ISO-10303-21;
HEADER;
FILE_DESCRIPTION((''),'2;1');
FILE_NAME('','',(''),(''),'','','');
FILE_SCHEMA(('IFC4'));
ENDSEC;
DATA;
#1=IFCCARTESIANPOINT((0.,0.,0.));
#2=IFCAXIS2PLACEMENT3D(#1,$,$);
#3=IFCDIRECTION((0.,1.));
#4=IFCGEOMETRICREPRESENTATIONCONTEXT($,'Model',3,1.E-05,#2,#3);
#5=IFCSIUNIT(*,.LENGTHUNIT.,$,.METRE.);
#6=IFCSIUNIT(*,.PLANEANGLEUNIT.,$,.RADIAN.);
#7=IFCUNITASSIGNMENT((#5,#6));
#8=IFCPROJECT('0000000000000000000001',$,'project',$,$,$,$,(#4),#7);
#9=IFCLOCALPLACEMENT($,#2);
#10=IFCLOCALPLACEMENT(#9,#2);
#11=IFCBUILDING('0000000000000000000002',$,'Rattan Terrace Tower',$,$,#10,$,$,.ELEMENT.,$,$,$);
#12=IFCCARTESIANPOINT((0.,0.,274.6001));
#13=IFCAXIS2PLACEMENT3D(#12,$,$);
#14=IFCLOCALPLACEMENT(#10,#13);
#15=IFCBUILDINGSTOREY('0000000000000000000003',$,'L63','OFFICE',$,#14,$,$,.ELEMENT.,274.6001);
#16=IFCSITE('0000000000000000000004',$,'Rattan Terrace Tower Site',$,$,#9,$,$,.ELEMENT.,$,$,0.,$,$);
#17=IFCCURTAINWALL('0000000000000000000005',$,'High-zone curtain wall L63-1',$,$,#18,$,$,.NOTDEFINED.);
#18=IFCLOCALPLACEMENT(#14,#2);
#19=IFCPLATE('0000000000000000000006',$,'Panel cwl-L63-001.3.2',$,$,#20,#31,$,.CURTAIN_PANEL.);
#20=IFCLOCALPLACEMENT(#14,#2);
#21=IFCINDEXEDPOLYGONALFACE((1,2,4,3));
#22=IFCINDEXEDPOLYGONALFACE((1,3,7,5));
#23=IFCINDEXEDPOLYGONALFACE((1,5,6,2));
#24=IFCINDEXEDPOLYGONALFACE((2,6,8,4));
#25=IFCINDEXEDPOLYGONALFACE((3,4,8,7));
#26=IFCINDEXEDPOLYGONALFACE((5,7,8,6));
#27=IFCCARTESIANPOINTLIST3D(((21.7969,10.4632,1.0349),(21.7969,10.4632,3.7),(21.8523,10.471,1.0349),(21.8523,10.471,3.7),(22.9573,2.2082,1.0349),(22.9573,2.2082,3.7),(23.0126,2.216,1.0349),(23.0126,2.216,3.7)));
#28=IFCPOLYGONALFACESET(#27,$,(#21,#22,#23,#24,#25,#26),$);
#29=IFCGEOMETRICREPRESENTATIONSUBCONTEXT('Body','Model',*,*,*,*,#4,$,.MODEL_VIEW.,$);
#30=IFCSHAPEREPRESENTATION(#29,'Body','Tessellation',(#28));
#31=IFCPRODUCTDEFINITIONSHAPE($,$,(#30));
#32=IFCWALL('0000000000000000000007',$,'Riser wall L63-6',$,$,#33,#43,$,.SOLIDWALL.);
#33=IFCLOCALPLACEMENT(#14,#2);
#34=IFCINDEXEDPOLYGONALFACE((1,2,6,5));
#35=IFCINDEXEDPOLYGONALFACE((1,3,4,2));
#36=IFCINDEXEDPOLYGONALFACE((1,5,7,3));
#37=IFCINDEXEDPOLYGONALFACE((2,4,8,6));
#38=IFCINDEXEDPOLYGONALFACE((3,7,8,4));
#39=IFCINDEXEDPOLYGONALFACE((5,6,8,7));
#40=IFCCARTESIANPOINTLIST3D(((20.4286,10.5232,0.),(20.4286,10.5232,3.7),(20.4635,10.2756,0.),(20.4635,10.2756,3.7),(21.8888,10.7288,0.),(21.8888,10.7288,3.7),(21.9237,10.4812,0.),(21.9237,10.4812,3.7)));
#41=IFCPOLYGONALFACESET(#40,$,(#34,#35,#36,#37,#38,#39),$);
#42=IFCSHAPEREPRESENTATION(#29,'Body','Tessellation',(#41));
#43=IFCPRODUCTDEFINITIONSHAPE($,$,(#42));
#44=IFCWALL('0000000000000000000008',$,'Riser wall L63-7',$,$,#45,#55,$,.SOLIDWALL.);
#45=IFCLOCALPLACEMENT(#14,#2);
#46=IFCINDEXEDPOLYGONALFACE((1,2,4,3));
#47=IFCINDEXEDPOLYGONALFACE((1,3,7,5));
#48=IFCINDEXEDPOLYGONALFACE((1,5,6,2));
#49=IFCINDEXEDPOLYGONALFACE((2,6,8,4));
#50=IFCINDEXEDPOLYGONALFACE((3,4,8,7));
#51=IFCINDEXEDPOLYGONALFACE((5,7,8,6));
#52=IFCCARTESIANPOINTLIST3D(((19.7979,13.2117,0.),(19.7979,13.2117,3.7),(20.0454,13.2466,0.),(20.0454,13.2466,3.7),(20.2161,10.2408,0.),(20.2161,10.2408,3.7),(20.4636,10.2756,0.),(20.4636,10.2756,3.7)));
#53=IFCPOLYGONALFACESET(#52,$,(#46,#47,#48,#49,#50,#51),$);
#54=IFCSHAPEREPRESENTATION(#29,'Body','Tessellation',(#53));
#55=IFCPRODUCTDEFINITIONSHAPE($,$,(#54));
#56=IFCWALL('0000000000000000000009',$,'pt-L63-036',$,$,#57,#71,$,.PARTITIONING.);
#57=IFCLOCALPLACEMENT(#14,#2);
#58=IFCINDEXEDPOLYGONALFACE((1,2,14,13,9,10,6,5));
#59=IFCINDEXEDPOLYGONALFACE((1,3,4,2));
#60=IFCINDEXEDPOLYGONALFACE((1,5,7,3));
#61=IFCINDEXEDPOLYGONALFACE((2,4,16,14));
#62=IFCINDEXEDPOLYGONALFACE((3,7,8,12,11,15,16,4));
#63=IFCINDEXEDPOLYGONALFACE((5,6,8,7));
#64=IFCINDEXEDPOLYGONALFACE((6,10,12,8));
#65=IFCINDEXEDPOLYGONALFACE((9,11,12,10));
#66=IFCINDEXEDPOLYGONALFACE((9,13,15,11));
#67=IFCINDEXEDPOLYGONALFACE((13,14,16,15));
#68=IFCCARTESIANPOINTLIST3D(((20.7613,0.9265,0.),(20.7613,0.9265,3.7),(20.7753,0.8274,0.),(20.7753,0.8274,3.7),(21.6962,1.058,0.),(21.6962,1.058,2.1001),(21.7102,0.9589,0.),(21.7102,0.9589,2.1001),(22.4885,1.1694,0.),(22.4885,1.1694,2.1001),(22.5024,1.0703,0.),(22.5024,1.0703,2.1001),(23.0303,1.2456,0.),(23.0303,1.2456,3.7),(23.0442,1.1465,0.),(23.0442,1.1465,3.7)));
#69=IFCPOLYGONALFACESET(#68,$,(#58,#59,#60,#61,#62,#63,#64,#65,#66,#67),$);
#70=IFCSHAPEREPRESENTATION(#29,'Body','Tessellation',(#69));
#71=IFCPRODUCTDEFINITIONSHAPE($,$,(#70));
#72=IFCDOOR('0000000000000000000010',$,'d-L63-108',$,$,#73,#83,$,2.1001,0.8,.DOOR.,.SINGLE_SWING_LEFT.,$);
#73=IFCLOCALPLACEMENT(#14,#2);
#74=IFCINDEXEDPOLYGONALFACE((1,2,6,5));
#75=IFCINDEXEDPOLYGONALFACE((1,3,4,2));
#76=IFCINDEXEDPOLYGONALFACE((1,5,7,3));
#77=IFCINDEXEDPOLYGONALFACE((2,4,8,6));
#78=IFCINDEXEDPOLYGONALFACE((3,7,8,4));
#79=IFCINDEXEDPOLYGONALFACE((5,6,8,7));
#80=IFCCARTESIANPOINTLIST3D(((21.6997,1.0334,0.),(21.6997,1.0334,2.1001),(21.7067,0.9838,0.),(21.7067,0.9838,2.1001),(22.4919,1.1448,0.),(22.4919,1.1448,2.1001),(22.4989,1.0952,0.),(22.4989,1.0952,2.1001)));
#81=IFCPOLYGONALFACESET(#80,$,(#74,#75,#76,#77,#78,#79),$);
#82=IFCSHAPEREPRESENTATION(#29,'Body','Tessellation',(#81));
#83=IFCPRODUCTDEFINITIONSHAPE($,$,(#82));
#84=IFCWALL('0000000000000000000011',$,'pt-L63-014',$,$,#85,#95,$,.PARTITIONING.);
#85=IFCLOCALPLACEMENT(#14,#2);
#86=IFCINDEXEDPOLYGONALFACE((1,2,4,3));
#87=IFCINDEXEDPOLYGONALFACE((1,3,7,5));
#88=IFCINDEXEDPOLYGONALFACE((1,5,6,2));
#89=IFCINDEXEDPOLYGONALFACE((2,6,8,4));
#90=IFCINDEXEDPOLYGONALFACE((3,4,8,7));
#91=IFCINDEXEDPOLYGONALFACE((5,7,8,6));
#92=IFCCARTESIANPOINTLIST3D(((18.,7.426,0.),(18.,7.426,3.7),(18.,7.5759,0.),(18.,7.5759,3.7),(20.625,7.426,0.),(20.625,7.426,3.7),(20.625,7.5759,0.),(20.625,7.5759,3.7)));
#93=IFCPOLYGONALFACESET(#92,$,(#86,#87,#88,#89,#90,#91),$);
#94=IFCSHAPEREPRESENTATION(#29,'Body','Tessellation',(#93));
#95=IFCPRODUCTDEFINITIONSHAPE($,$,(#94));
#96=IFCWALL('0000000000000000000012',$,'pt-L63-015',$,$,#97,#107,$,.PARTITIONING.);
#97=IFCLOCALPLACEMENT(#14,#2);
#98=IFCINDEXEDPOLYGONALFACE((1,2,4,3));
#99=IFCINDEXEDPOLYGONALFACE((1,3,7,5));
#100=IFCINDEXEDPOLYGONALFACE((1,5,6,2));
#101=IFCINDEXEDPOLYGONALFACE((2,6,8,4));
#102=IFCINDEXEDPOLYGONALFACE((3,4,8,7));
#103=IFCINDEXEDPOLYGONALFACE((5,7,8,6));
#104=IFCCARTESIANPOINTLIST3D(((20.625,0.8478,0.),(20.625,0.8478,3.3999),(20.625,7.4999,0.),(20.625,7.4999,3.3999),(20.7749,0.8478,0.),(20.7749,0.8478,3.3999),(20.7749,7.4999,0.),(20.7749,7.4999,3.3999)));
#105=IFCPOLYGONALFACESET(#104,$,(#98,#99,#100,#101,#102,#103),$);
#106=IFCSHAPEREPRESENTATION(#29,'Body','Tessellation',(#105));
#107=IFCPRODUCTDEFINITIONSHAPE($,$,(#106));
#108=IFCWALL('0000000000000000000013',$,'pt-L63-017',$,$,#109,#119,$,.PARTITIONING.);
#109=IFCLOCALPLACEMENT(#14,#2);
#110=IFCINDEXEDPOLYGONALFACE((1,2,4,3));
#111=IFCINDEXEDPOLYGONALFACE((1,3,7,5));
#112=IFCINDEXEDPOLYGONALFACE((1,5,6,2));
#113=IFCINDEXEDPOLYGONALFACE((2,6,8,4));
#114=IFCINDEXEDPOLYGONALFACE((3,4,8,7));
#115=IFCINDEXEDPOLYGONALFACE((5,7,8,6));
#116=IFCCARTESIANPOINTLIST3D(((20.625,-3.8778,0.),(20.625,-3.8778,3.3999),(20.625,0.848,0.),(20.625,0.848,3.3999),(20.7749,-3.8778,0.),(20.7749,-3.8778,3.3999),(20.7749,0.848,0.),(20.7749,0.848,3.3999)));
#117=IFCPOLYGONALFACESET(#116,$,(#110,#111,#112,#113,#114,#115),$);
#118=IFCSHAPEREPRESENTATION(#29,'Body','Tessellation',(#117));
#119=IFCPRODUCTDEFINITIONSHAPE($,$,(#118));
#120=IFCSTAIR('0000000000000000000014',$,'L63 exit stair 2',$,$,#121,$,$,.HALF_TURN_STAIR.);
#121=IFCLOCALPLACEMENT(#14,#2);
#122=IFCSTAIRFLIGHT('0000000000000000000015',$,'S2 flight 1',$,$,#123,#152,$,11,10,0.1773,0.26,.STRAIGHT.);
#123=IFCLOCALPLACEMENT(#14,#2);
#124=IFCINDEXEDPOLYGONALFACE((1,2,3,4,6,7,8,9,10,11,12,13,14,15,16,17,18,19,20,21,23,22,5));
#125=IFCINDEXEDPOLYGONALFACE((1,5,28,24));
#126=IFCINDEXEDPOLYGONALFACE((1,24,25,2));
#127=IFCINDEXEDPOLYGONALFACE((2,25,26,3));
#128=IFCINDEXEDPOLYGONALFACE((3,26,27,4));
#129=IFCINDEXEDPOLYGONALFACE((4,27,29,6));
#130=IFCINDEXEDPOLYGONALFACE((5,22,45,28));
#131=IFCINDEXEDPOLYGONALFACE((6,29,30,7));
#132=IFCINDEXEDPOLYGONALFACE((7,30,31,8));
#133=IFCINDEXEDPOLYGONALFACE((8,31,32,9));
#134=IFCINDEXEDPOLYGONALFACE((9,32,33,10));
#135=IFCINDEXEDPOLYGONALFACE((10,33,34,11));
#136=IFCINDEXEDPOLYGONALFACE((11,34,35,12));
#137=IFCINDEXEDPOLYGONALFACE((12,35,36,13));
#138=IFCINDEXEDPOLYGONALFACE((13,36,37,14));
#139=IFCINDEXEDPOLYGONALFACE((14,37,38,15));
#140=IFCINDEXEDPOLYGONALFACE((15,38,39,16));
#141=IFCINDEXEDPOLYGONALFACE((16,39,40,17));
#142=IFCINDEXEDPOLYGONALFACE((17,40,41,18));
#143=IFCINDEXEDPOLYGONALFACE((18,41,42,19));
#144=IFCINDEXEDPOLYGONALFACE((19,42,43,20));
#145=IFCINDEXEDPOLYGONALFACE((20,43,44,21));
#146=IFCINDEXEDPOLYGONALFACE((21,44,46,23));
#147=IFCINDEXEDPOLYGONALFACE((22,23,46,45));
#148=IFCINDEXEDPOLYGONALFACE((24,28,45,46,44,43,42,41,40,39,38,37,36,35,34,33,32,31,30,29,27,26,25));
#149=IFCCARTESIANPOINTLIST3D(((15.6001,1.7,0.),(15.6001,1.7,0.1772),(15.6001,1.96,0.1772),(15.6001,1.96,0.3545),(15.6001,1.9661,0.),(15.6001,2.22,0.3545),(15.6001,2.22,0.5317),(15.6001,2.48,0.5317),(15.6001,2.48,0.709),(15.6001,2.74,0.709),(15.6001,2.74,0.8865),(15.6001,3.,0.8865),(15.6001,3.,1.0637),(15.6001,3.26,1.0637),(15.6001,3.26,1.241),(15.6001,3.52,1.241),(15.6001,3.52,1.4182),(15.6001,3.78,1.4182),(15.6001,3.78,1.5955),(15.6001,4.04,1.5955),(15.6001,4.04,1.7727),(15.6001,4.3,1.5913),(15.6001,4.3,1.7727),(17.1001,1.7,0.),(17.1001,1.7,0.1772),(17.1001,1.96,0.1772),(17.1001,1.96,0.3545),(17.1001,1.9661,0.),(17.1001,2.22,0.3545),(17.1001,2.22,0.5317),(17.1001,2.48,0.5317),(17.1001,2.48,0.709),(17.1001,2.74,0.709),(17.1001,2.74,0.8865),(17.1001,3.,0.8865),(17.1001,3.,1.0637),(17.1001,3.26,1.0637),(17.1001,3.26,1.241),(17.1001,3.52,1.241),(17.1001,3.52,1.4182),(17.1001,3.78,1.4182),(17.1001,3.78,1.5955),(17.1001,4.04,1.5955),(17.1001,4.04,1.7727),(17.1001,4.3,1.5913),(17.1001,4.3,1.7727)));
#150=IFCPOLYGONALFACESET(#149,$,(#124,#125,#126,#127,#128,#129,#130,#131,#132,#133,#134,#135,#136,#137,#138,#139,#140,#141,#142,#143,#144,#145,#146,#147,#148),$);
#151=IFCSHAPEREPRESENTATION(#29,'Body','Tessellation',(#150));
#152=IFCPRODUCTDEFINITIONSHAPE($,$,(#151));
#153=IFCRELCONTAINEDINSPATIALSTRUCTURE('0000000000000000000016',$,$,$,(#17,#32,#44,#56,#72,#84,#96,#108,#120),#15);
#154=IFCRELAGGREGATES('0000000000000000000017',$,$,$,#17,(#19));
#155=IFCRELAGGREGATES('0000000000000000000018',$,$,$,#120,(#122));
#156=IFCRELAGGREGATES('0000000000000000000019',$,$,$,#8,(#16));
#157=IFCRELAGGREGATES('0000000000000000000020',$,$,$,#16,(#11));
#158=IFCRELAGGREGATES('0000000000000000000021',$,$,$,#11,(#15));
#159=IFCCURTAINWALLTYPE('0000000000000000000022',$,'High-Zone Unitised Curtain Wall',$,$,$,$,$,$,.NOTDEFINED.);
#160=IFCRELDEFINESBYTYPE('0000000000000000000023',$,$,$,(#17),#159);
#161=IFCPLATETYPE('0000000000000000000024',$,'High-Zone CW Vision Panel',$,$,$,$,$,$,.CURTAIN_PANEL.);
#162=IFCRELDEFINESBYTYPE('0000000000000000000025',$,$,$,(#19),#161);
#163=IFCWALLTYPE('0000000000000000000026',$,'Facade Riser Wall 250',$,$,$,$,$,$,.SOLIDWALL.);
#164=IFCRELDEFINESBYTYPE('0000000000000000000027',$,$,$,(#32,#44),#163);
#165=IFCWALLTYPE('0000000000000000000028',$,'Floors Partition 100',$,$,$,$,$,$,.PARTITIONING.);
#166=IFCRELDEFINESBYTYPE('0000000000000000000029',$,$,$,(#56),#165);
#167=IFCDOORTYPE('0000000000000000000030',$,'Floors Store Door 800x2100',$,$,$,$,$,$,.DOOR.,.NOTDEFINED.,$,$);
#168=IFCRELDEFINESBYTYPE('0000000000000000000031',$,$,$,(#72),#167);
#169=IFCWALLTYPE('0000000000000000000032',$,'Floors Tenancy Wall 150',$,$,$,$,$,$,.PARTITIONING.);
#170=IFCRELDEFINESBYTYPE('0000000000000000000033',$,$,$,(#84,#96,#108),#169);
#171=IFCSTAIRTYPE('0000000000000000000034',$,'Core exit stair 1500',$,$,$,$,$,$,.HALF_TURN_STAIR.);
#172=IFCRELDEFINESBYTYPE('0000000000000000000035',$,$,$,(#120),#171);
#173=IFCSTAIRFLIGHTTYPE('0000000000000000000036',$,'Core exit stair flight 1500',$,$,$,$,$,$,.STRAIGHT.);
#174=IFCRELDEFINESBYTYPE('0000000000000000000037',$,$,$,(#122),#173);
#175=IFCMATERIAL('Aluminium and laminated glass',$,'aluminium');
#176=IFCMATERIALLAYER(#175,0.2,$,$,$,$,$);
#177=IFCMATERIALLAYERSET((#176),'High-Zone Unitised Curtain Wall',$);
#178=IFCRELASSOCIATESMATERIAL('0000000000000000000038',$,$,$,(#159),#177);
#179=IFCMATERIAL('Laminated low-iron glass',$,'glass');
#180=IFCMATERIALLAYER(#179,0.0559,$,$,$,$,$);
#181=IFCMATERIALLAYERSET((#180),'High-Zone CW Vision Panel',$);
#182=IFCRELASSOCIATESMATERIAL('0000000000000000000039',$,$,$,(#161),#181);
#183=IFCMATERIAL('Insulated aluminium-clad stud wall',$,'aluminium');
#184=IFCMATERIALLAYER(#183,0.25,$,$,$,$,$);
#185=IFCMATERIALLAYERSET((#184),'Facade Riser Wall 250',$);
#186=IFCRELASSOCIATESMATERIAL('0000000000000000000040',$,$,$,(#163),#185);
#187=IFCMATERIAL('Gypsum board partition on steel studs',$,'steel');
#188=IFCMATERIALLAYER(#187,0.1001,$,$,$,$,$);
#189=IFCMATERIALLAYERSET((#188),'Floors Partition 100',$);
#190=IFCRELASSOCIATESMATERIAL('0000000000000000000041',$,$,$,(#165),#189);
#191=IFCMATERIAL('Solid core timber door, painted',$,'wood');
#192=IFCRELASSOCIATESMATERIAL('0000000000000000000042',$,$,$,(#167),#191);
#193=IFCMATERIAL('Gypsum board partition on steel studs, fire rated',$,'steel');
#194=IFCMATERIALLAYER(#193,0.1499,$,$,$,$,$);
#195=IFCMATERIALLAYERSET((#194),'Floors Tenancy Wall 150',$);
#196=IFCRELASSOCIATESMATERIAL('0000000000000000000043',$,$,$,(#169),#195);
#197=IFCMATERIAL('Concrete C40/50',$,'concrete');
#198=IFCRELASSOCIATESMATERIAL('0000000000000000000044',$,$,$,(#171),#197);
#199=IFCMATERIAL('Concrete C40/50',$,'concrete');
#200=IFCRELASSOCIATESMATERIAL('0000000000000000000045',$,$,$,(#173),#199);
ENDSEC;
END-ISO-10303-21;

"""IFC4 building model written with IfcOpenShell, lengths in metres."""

from ifc_helpers import new_model, si_unit, direction, frame, frame_2d, origin, origin_2d, place, context, subcontext, project, spatial, polyline, rectangle, outline, extrude, material, layer, layer_set, type_object, element, fill, aggregate, save


model = new_model("IFC4")

# Units and contexts
model_context = context("Model", 3, precision=1e-05, world=origin(), true_north=direction((0.0, 1.0)))
body_context = subcontext(model_context, "Body", "Model", "MODEL_VIEW")
ifc_project = project(units=[si_unit("LENGTHUNIT", "METRE"), si_unit("PLANEANGLEUNIT", "RADIAN")], contexts=[model_context])

# Site, building, storey
site_placement = place(None, origin())
site = spatial("IfcSite", under=ifc_project, at=site_placement, Name="Rattan Terrace Tower Site", CompositionType="ELEMENT", RefElevation=0.0)
building_placement = place(site_placement, origin())
building = spatial("IfcBuilding", under=site, at=building_placement, Name="Rattan Terrace Tower", CompositionType="ELEMENT")
storey_placement = place(building_placement, frame((0.0, 0.0, 274.6001)))
storey = spatial("IfcBuildingStorey", under=building, at=storey_placement, Name="L63", Description="OFFICE", CompositionType="ELEMENT", Elevation=274.6001)

# Curtain wall, plate
ifc_material_1 = material(Name="Aluminium and laminated glass", Category="aluminium")
ifc_layer_1 = layer(ifc_material_1, 0.2)
ifc_layer_set_1 = layer_set([ifc_layer_1], Name="High-Zone Unitised Curtain Wall")
curtain_wall_type = type_object("IfcCurtainWallType", Name="High-Zone Unitised Curtain Wall", PredefinedType="NOTDEFINED", material=ifc_layer_set_1)
curtain_wall_placement = place(storey_placement, origin())
curtain_wall = element("IfcCurtainWall", 1, at=curtain_wall_placement, inside=storey, type_object=curtain_wall_type, Name="High-zone curtain wall L63-1", PredefinedType="NOTDEFINED")
ifc_material_2 = material(Name="Laminated low-iron glass", Category="glass")
ifc_layer_2 = layer(ifc_material_2, 0.0559)
ifc_layer_set_2 = layer_set([ifc_layer_2], Name="High-Zone CW Vision Panel")
plate_type_1 = type_object("IfcPlateType", Name="High-Zone CW Vision Panel", PredefinedType="CURTAIN_PANEL", material=ifc_layer_set_2)
plate_1_placement = place(storey_placement, frame((22.4048, 6.3396, 1.0349), z_axis=(0.0, 0.0, 1.0), x_axis=(-0.139192, 0.990265, 0.0)))
plate_1 = element("IfcPlate", 2, at=plate_1_placement, type_object=plate_type_1, Name="Panel cwl-L63-001.3.2", PredefinedType="CURTAIN_PANEL", context=body_context, shape_type="SweptSolid", body=[
    extrude(rectangle(XDim=8.3362, YDim=0.0559, at=origin_2d()), origin(), (0.0, 0.0, 1.0), 2.665),
])
aggregate(curtain_wall, [plate_1])

# Walls
ifc_material_3 = material(Name="Insulated aluminium-clad stud wall", Category="aluminium")
ifc_layer_3 = layer(ifc_material_3, 0.25)
ifc_layer_set_3 = layer_set([ifc_layer_3], Name="Facade Riser Wall 250")
wall_type_1 = type_object("IfcWallType", Name="Facade Riser Wall 250", PredefinedType="SOLIDWALL", material=ifc_layer_set_3)
wall_1_placement = place(storey_placement, frame((21.9062, 10.605, 0.0), z_axis=(0.0, 0.0, 1.0), x_axis=(-0.990236, -0.139404, 0.0)))
element("IfcWall", 3, at=wall_1_placement, inside=storey, type_object=wall_type_1, Name="Riser wall L63-6", PredefinedType="SOLIDWALL", context=body_context, shape_type="SweptSolid", body=[
    extrude(rectangle(XDim=1.4746, YDim=0.25, at=frame_2d((0.7373, 0.0))), origin(), (0.0, 0.0, 1.0), 3.7),
])
wall_2_placement = place(storey_placement, frame((20.3398, 10.2583, 0.0), z_axis=(0.0, 0.0, 1.0), x_axis=(-0.139393, 0.990237, 0.0)))
element("IfcWall", 4, at=wall_2_placement, inside=storey, type_object=wall_type_1, Name="Riser wall L63-7", PredefinedType="SOLIDWALL", context=body_context, shape_type="SweptSolid", body=[
    extrude(rectangle(XDim=3.0002, YDim=0.25, at=frame_2d((1.5, 0.0))), origin(), (0.0, 0.0, 1.0), 3.7),
])

# Wall, opening, door
ifc_material_4 = material(Name="Gypsum board partition on steel studs", Category="steel")
ifc_layer_4 = layer(ifc_material_4, 0.1001)
ifc_layer_set_4 = layer_set([ifc_layer_4], Name="Floors Partition 100")
wall_type_2 = type_object("IfcWallType", Name="Floors Partition 100", PredefinedType="PARTITIONING", material=ifc_layer_set_4)
wall_3_placement = place(storey_placement, frame((23.0371, 1.196, 0.0), z_axis=(0.0, 0.0, 1.0), x_axis=(-0.990256, -0.139258, 0.0)))
wall_3 = element("IfcWall", 5, at=wall_3_placement, inside=storey, type_object=wall_type_2, Name="pt-L63-036", PredefinedType="PARTITIONING", context=body_context, shape_type="SweptSolid", body=[
    extrude(rectangle(XDim=2.2913, YDim=0.1001, at=frame_2d((1.1455, 0.0))), origin(), (0.0, 0.0, 1.0), 3.7),
])
opening_placement = place(wall_3_placement, frame((0.5471, 0.0, 0.0)))
opening = element("IfcOpeningElement", 6, at=opening_placement, cuts=wall_3, PredefinedType="OPENING", context=body_context, shape_type="SweptSolid", body=[
    extrude(rectangle(XDim=0.8, YDim=2.1001, at=frame_2d((0.3999, 1.05))), frame((0.0, 0.0605, 0.0), z_axis=(0.0, -1.0, 0.0), x_axis=(1.0, 0.0, 0.0)), (0.0, 0.0, 1.0), 0.1211),
])
ifc_material_5 = material(Name="Solid core timber door, painted", Category="wood")
door_type = type_object("IfcDoorType", Name="Floors Store Door 800x2100", OperationType="NOTDEFINED", PredefinedType="DOOR", material=ifc_material_5)
door_placement = place(opening_placement, origin())
door = element("IfcDoor", 7, at=door_placement, inside=storey, type_object=door_type, Name="d-L63-108", OperationType="SINGLE_SWING_LEFT", OverallHeight=2.1001, OverallWidth=0.8, PredefinedType="DOOR", context=body_context, shape_type="SweptSolid", body=[
    extrude(rectangle(XDim=0.8, YDim=2.1001, at=frame_2d((0.3999, 1.05))), frame((0.0, 0.0249, 0.0), z_axis=(0.0, -1.0, 0.0), x_axis=(1.0, 0.0, 0.0)), (0.0, 0.0, 1.0), 0.05),
])
fill(opening, door)

# Walls
ifc_material_6 = material(Name="Gypsum board partition on steel studs, fire rated", Category="steel")
ifc_layer_5 = layer(ifc_material_6, 0.1499)
ifc_layer_set_5 = layer_set([ifc_layer_5], Name="Floors Tenancy Wall 150")
wall_type_3 = type_object("IfcWallType", Name="Floors Tenancy Wall 150", PredefinedType="PARTITIONING", material=ifc_layer_set_5)
wall_4_placement = place(storey_placement, frame((18.0, 7.501, 0.0), z_axis=(0.0, 0.0, 1.0), x_axis=(1.0, 0.0, 0.0)))
element("IfcWall", 8, at=wall_4_placement, inside=storey, type_object=wall_type_3, Name="pt-L63-014", PredefinedType="PARTITIONING", context=body_context, shape_type="SweptSolid", body=[
    extrude(rectangle(XDim=2.625, YDim=0.1499, at=frame_2d((1.3125, 0.0))), origin(), (0.0, 0.0, 1.0), 3.7),
])
wall_5_placement = place(storey_placement, frame((20.7, 7.5, 0.0), z_axis=(0.0, 0.0, 1.0), x_axis=(0.0, -1.0, 0.0)))
element("IfcWall", 9, at=wall_5_placement, inside=storey, type_object=wall_type_3, Name="pt-L63-015", PredefinedType="PARTITIONING", context=body_context, shape_type="SweptSolid", body=[
    extrude(rectangle(XDim=6.6521, YDim=0.1499, at=frame_2d((3.3262, 0.0))), origin(), (0.0, 0.0, 1.0), 3.3999),
])
wall_6_placement = place(storey_placement, frame((20.7, 0.8479, 0.0), z_axis=(0.0, 0.0, 1.0), x_axis=(0.0, -1.0, 0.0)))
element("IfcWall", 10, at=wall_6_placement, inside=storey, type_object=wall_type_3, Name="pt-L63-017", PredefinedType="PARTITIONING", context=body_context, shape_type="SweptSolid", body=[
    extrude(rectangle(XDim=4.7258, YDim=0.1499, at=frame_2d((2.3628, 0.0))), origin(), (0.0, 0.0, 1.0), 3.3999),
])

# Stair, stair flight
ifc_material_7 = material(Name="Concrete C40/50", Category="concrete")
stair_type = type_object("IfcStairType", Name="Core exit stair 1500", PredefinedType="HALF_TURN_STAIR", material=ifc_material_7)
stair_placement = place(storey_placement, origin())
stair = element("IfcStair", 11, at=stair_placement, inside=storey, type_object=stair_type, Name="L63 exit stair 2", PredefinedType="HALF_TURN_STAIR")
ifc_material_8 = material(Name="Concrete C40/50", Category="concrete")
stair_flight_type = type_object("IfcStairFlightType", Name="Core exit stair flight 1500", PredefinedType="STRAIGHT", material=ifc_material_8)
stair_flight_placement = place(storey_placement, frame((16.3501, 1.7, 0.0), z_axis=(0.0, 0.0, 1.0), x_axis=(0.0, 1.0, 0.0)))
stair_flight = element("IfcStairFlight", 12, at=stair_flight_placement, type_object=stair_flight_type, Name="S2 flight 1", NumberOfRisers=11, NumberOfTreads=10, PredefinedType="STRAIGHT", RiserHeight=0.1773, TreadLength=0.26, context=body_context, shape_type="SweptSolid", body=[
    extrude(outline(polyline([(0.0, 0.0), (0.0, 0.1772), (0.26, 0.1772), (0.26, 0.3545), (0.52, 0.3545), (0.52, 0.5317), (0.78, 0.5317), (0.78, 0.709), (1.04, 0.709), (1.04, 0.8865), (1.3, 0.8865), (1.3, 1.0637), (1.5601, 1.0637), (1.5601, 1.241), (1.8201, 1.241), (1.8201, 1.4182), (2.0801, 1.4182), (2.0801, 1.5955), (2.3401, 1.5955), (2.3401, 1.7727), (2.6001, 1.7727), (2.6001, 1.95), (2.6001, 1.5913), (0.2661, 0.0), (0.0, 0.0)])), frame((0.0, 0.75, 0.0), z_axis=(0.0, -1.0, 0.0), x_axis=(1.0, 0.0, 0.0)), (0.0, 0.0, 1.0), 1.5),
])
aggregate(stair, [stair_flight])

save(model, "model.ifc")
